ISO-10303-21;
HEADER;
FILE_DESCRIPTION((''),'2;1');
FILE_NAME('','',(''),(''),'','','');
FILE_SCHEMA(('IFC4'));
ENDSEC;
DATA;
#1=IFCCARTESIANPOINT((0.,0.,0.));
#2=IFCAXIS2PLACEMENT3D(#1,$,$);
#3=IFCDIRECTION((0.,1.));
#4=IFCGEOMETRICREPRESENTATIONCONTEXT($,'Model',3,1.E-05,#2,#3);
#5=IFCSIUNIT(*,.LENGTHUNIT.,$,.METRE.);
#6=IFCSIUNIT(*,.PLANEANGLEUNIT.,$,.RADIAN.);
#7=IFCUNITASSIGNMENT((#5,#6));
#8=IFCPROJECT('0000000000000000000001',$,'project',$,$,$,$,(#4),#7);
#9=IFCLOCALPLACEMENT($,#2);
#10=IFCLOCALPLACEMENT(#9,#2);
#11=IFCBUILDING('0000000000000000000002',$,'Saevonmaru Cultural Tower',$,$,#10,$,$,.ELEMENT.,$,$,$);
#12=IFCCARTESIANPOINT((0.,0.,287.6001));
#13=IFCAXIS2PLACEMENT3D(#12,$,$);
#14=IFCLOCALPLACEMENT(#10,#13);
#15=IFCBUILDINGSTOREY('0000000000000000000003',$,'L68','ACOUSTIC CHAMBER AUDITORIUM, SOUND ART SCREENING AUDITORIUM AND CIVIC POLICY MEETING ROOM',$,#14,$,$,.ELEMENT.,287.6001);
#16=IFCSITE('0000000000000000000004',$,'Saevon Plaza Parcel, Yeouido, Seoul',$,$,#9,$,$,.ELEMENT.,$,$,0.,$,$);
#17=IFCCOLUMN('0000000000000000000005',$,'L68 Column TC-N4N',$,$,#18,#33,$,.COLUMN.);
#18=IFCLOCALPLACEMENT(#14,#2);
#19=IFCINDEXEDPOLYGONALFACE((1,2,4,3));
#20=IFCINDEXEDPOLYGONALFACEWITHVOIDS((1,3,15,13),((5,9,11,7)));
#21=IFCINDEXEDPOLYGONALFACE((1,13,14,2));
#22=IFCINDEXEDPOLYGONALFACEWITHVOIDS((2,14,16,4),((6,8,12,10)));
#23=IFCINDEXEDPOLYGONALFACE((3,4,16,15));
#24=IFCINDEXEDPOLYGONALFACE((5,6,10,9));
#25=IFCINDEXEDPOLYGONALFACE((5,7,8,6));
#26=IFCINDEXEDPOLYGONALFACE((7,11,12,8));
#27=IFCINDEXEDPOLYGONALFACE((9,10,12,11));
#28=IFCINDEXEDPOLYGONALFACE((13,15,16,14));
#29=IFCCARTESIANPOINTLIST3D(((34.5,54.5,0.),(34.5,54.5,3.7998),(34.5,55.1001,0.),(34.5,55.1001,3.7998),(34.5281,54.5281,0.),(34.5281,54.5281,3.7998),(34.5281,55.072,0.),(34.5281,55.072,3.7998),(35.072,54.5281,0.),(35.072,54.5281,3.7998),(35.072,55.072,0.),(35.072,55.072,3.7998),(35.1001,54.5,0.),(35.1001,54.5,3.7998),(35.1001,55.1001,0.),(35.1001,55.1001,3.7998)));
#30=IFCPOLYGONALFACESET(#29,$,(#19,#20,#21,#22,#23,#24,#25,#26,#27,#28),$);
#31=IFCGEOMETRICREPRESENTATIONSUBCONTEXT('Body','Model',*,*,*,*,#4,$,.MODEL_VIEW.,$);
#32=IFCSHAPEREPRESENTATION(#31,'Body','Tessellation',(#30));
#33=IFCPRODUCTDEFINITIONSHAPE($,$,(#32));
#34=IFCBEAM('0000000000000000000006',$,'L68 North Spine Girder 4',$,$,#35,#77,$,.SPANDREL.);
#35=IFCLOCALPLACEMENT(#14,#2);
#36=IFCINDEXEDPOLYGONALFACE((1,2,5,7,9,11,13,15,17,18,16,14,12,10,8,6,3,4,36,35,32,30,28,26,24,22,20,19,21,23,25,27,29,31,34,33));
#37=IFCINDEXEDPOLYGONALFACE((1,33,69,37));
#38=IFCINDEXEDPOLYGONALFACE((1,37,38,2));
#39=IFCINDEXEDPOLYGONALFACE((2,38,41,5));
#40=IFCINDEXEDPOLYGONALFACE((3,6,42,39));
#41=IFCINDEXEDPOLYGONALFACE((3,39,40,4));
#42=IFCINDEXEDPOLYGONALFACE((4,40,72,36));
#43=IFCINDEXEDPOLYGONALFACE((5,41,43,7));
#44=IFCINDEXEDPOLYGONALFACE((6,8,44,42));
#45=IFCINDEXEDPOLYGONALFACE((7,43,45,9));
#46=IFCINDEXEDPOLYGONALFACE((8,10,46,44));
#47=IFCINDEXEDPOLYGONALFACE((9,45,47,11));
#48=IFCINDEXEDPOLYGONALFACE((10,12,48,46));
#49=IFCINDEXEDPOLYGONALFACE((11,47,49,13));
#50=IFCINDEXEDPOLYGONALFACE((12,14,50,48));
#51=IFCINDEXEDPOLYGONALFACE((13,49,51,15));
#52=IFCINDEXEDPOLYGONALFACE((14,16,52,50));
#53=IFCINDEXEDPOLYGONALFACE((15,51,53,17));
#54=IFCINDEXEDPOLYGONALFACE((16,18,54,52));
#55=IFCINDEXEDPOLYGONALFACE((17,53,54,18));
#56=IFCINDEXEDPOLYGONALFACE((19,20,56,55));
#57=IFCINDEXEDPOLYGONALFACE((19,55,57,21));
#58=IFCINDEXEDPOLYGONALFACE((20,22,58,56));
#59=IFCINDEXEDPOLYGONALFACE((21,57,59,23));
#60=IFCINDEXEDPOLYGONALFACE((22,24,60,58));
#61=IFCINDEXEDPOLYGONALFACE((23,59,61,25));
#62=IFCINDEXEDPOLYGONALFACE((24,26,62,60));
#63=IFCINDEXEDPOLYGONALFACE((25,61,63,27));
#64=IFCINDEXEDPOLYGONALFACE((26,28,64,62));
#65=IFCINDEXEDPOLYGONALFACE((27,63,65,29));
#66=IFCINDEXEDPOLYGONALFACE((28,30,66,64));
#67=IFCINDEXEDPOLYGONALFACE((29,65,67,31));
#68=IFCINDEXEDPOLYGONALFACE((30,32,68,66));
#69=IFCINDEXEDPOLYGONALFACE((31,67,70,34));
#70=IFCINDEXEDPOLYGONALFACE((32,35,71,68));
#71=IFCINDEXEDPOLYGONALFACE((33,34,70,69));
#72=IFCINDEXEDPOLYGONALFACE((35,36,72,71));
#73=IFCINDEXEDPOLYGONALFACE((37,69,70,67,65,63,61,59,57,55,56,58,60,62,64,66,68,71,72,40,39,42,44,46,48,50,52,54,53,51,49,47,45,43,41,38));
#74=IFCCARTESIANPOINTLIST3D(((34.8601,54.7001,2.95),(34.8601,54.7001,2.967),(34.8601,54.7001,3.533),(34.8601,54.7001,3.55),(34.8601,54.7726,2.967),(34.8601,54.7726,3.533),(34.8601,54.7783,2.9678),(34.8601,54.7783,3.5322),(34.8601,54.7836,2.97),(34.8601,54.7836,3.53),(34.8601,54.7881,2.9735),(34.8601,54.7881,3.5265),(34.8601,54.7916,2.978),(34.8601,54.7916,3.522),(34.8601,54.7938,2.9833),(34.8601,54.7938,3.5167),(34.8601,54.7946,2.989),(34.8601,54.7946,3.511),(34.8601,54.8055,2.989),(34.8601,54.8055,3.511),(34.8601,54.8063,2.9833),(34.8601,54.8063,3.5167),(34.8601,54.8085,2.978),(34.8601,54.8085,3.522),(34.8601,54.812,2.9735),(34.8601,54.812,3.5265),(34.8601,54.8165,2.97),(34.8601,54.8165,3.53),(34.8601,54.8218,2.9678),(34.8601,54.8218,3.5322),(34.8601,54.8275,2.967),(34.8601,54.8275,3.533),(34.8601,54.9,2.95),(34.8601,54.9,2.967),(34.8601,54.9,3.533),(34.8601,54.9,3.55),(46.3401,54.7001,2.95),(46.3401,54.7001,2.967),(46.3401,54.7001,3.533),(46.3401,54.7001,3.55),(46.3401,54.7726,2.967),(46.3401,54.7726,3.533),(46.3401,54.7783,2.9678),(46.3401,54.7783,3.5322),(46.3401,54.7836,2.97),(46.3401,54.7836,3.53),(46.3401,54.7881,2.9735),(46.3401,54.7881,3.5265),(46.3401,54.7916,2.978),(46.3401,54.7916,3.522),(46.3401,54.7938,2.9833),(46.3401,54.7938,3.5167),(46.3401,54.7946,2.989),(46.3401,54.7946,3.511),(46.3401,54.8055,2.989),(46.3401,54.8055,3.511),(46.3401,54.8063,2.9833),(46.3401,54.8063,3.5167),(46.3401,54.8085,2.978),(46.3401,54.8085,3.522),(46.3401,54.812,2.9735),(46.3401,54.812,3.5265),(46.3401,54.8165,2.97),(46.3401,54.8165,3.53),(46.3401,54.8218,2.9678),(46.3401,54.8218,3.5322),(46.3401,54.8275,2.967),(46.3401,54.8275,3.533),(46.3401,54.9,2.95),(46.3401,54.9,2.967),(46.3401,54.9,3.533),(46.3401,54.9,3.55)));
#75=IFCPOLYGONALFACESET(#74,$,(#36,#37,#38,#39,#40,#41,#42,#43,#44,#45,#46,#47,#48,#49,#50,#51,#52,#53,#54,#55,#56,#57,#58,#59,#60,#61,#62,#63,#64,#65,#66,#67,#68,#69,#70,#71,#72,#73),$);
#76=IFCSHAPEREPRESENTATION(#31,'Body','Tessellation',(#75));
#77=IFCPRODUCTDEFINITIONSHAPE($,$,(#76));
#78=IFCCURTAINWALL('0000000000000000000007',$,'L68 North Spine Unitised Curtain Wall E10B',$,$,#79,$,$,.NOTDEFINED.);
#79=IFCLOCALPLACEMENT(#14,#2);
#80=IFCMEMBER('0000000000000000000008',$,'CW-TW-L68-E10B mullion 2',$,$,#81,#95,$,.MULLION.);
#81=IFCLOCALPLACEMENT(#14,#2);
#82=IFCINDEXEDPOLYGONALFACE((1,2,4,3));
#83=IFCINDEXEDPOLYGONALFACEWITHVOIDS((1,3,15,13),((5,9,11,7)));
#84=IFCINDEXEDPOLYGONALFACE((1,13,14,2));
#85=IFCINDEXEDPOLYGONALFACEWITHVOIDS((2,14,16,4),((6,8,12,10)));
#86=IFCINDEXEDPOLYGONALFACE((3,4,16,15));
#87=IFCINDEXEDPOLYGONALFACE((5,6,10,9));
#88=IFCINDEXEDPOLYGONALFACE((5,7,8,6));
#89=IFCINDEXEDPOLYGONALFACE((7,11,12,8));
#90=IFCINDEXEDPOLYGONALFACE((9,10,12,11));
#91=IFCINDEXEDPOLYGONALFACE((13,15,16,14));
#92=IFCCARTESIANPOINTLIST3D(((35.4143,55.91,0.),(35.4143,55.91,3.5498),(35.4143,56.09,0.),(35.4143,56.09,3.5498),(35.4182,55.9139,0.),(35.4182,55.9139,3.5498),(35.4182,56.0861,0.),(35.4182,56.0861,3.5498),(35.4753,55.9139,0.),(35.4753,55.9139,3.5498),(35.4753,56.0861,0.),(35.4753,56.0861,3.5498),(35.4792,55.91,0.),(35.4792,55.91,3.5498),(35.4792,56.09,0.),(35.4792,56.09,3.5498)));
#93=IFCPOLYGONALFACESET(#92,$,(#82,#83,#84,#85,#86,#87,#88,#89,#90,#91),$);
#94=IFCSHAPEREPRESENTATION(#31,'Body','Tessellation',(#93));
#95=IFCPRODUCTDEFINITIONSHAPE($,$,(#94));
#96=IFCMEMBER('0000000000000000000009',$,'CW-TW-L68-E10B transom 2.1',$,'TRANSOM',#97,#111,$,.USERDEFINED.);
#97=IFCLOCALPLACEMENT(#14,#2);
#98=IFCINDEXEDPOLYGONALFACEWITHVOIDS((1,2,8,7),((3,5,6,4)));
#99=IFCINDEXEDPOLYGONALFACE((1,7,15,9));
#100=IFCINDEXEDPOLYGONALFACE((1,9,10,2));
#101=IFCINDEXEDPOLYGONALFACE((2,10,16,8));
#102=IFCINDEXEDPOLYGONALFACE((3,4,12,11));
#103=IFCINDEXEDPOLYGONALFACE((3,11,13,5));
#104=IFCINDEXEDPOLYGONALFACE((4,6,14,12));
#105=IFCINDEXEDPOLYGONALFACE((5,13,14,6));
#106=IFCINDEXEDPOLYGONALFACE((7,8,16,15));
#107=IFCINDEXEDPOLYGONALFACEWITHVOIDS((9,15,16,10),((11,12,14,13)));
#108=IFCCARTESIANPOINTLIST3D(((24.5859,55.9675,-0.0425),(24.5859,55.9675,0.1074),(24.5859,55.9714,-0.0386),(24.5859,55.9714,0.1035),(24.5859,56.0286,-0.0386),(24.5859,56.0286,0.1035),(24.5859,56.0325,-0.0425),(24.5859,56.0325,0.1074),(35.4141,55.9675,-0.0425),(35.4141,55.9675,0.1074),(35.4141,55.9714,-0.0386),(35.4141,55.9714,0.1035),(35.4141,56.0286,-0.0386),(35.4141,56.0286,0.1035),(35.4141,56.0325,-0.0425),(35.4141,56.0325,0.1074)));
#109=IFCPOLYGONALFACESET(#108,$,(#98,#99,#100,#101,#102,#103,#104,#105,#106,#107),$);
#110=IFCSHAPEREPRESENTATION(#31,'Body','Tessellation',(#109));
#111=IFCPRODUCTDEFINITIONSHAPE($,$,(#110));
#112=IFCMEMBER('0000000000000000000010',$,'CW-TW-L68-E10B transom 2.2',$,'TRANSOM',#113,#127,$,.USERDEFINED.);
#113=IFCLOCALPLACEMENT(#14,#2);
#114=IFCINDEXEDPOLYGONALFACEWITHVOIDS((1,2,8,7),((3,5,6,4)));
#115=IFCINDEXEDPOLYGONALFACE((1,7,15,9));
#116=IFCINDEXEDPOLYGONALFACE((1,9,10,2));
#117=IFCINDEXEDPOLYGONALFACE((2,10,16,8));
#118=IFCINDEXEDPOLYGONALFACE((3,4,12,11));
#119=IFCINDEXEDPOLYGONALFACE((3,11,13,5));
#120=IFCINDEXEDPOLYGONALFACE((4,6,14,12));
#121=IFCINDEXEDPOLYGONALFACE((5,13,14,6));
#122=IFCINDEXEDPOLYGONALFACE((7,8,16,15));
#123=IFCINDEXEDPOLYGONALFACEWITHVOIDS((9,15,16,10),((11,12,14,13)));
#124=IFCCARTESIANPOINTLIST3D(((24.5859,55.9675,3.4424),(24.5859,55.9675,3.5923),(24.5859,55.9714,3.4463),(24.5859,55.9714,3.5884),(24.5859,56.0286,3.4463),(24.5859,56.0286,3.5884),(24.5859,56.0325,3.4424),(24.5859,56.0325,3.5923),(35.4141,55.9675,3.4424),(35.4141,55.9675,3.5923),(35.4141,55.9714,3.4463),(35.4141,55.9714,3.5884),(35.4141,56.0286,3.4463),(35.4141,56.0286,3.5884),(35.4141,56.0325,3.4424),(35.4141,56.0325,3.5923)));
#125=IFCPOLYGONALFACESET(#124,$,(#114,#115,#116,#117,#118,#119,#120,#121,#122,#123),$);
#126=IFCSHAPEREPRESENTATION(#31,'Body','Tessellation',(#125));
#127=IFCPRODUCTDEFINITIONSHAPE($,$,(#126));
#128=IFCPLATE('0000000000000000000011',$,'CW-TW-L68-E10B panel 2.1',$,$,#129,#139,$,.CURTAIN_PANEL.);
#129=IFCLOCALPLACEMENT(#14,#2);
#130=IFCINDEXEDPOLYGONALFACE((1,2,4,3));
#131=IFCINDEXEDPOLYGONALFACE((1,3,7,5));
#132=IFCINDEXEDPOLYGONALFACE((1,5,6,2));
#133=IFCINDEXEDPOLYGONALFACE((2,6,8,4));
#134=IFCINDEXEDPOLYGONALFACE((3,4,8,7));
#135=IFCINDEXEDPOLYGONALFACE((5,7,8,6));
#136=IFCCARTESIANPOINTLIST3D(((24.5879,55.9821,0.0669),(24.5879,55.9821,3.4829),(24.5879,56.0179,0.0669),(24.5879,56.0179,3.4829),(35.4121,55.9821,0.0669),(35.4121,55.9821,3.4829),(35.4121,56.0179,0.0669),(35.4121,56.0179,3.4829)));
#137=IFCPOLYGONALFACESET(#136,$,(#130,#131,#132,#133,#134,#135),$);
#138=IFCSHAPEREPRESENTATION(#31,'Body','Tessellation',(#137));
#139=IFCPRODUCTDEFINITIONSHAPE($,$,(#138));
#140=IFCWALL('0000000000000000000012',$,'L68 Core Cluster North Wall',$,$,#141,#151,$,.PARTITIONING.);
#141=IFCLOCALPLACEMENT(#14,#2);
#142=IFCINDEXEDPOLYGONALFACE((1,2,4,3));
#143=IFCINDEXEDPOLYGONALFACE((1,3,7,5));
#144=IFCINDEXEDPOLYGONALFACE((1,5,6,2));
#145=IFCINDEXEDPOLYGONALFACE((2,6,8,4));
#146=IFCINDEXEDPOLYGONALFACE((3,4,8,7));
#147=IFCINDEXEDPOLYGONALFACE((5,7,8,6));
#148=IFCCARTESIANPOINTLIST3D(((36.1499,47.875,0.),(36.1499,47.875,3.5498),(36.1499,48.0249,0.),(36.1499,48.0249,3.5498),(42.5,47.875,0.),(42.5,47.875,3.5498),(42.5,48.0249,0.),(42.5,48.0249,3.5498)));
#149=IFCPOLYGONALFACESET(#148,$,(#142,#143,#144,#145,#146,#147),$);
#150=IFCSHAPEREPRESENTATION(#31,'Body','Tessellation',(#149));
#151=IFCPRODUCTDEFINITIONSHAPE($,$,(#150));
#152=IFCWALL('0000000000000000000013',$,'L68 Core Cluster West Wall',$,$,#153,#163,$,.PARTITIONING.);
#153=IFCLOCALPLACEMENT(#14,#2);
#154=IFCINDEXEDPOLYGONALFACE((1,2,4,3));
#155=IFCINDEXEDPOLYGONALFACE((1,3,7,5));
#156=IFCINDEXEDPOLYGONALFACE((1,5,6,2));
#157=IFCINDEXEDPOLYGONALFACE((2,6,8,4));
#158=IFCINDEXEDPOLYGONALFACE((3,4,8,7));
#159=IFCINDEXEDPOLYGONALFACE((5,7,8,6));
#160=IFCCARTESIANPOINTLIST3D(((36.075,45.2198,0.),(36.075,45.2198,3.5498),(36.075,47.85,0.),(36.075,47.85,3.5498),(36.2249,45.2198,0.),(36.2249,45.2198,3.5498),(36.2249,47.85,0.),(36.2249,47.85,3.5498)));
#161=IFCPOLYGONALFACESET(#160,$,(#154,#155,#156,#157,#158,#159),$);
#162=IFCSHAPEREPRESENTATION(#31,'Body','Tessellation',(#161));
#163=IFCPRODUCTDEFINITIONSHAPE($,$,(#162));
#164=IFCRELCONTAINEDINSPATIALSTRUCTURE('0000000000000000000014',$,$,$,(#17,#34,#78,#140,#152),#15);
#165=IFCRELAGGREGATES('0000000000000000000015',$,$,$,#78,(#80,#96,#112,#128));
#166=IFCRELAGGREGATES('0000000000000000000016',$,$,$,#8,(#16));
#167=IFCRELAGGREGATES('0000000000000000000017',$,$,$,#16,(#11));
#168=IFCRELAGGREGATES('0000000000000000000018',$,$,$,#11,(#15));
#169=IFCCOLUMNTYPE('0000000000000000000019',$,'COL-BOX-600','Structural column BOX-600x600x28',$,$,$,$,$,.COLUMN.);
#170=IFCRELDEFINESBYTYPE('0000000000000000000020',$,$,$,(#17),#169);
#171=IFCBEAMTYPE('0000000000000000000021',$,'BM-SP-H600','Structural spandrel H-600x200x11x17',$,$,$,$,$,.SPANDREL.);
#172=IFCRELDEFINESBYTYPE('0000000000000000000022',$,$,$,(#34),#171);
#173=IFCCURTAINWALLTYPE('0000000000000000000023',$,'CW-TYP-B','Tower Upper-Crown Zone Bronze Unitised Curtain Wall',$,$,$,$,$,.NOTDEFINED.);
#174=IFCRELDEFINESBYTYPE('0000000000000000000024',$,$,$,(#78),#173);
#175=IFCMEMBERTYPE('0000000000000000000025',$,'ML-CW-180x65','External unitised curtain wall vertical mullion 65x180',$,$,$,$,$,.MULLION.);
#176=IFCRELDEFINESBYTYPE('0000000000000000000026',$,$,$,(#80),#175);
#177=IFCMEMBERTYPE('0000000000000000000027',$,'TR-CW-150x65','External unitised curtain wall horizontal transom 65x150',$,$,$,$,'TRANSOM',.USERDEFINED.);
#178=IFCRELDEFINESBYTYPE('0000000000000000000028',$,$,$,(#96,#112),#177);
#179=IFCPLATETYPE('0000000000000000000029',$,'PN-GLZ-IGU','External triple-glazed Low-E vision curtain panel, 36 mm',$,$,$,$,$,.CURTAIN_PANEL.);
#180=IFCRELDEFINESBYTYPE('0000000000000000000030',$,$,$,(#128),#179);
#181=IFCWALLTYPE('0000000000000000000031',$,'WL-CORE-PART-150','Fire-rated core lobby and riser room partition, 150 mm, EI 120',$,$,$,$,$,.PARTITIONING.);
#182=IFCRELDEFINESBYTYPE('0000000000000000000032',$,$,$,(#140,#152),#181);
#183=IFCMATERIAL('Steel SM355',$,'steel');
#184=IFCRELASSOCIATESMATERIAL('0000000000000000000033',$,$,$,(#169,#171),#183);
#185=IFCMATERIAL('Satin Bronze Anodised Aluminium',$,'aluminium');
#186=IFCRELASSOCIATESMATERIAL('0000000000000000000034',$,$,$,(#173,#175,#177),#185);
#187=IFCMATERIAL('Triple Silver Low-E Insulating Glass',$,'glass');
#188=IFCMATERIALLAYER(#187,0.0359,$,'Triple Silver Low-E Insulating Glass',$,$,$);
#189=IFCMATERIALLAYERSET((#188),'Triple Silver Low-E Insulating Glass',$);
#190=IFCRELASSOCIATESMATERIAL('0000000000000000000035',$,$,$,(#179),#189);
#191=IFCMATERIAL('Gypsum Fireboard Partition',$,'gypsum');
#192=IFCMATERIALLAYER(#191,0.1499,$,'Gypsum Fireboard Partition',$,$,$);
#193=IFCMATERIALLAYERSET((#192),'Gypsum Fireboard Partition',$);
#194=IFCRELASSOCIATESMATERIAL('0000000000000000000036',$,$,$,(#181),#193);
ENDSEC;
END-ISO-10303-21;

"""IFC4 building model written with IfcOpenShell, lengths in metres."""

from ifc_helpers import new_model, si_unit, direction, frame, frame_2d, origin, origin_2d, place, context, subcontext, project, spatial, rectangle, hollow_rectangle, i_section, extrude, material, layer, layer_set, material_profile, profile_set, type_object, element, aggregate, save


model = new_model("IFC4")

# Units and contexts
model_context = context("Model", 3, precision=1e-05, world=origin(), true_north=direction((0.0, 1.0)))
body_context = subcontext(model_context, "Body", "Model", "MODEL_VIEW")
ifc_project = project(units=[si_unit("LENGTHUNIT", "METRE"), si_unit("PLANEANGLEUNIT", "RADIAN")], contexts=[model_context])

# Site, building, storey
site_placement = place(None, origin())
site = spatial("IfcSite", under=ifc_project, at=site_placement, Name="Saevon Plaza Parcel, Yeouido, Seoul", CompositionType="ELEMENT", RefElevation=0.0)
building_placement = place(site_placement, origin())
building = spatial("IfcBuilding", under=site, at=building_placement, Name="Saevonmaru Cultural Tower", CompositionType="ELEMENT")
storey_placement = place(building_placement, frame((0.0, 0.0, 287.6001)))
storey = spatial("IfcBuildingStorey", under=building, at=storey_placement, Name="L68", Description="ACOUSTIC CHAMBER AUDITORIUM, SOUND ART SCREENING AUDITORIUM AND CIVIC POLICY MEETING ROOM", CompositionType="ELEMENT", Elevation=287.6001)

# Column
ifc_material_1 = material(Name="Steel SM355", Category="steel")
ifc_material_profile_1 = material_profile(ifc_material_1, hollow_rectangle(XDim=0.6001, YDim=0.6001, WallThickness=0.0281, at=origin_2d()), Name="BOX-600x600x28")
ifc_profile_set_1 = profile_set([ifc_material_profile_1], Name="Steel SM355")
column_type = type_object("IfcColumnType", Name="COL-BOX-600", Description="Structural column BOX-600x600x28", PredefinedType="COLUMN", material=ifc_profile_set_1)
column_placement = place(storey_placement, frame((34.8, 54.8, 0.0), z_axis=(0.0, 0.0, 1.0), x_axis=(1.0, 0.0, 0.0)))
element("IfcColumn", 1, at=column_placement, inside=storey, type_object=column_type, Name="L68 Column TC-N4N", PredefinedType="COLUMN", context=body_context, shape_type="SweptSolid", body=[
    extrude(hollow_rectangle(XDim=0.6001, YDim=0.6001, WallThickness=0.0281, at=origin_2d()), origin(), (0.0, 0.0, 1.0), 3.7998),
])

# Beam
ifc_material_profile_2 = material_profile(ifc_material_1, i_section(OverallWidth=0.2, OverallDepth=0.6001, WebThickness=0.011, FlangeThickness=0.0171, FilletRadius=0.022, at=origin_2d()), Name="H-600x200x11x17")
ifc_profile_set_2 = profile_set([ifc_material_profile_2], Name="Steel SM355")
beam_type = type_object("IfcBeamType", Name="BM-SP-H600", Description="Structural spandrel H-600x200x11x17", PredefinedType="SPANDREL", material=ifc_profile_set_2)
beam_placement = place(storey_placement, frame((34.8601, 54.8, 3.25), z_axis=(1.0, 0.0, 0.0), x_axis=(0.0, 1.0, 0.0)))
element("IfcBeam", 2, at=beam_placement, inside=storey, type_object=beam_type, Name="L68 North Spine Girder 4", PredefinedType="SPANDREL", context=body_context, shape_type="SweptSolid", body=[
    extrude(i_section(OverallWidth=0.2, OverallDepth=0.6001, WebThickness=0.011, FlangeThickness=0.0171, FilletRadius=0.022, at=origin_2d()), origin(), (0.0, 0.0, 1.0), 11.48),
])

# Curtain wall, members, plate
ifc_material_2 = material(Name="Satin Bronze Anodised Aluminium", Category="aluminium")
curtain_wall_type = type_object("IfcCurtainWallType", Name="CW-TYP-B", Description="Tower Upper-Crown Zone Bronze Unitised Curtain Wall", PredefinedType="NOTDEFINED", material=ifc_material_2)
curtain_wall_placement = place(storey_placement, origin())
curtain_wall = element("IfcCurtainWall", 3, at=curtain_wall_placement, inside=storey, type_object=curtain_wall_type, Name="L68 North Spine Unitised Curtain Wall E10B", PredefinedType="NOTDEFINED")
ifc_material_profile_3 = material_profile(ifc_material_2, hollow_rectangle(XDim=0.0649, YDim=0.1799, WallThickness=0.0039, at=origin_2d()), Name="ALU-MULL-180x65x4")
ifc_profile_set_3 = profile_set([ifc_material_profile_3], Name="Satin Bronze Anodised Aluminium")
member_type_1 = type_object("IfcMemberType", Name="ML-CW-180x65", Description="External unitised curtain wall vertical mullion 65x180", PredefinedType="MULLION", material=ifc_profile_set_3)
member_1_placement = place(storey_placement, frame((35.4468, 56.0, 0.0), z_axis=(0.0, 0.0, 1.0), x_axis=(-1.0, 0.0, 0.0)))
member_1 = element("IfcMember", 4, at=member_1_placement, type_object=member_type_1, Name="CW-TW-L68-E10B mullion 2", PredefinedType="MULLION", context=body_context, shape_type="SweptSolid", body=[
    extrude(hollow_rectangle(XDim=0.0649, YDim=0.1799, WallThickness=0.0039, at=origin_2d()), origin(), (0.0, 0.0, 1.0), 3.5498),
])
ifc_material_profile_4 = material_profile(ifc_material_2, hollow_rectangle(XDim=0.0649, YDim=0.1499, WallThickness=0.0039, at=origin_2d()), Name="ALU-TRAN-150x65x4")
ifc_profile_set_4 = profile_set([ifc_material_profile_4], Name="Satin Bronze Anodised Aluminium")
member_type_2 = type_object("IfcMemberType", Name="TR-CW-150x65", Description="External unitised curtain wall horizontal transom 65x150", ElementType="TRANSOM", PredefinedType="USERDEFINED", material=ifc_profile_set_4)
member_2_placement = place(storey_placement, frame((35.4141, 56.0, 0.0325), z_axis=(-1.0, 0.0, 0.0), x_axis=(0.0, -1.0, 0.0)))
member_2 = element("IfcMember", 5, at=member_2_placement, type_object=member_type_2, Name="CW-TW-L68-E10B transom 2.1", ObjectType="TRANSOM", PredefinedType="USERDEFINED", context=body_context, shape_type="SweptSolid", body=[
    extrude(hollow_rectangle(XDim=0.0649, YDim=0.1499, WallThickness=0.0039, at=origin_2d()), origin(), (0.0, 0.0, 1.0), 10.8281),
])
member_3_placement = place(storey_placement, frame((35.4141, 56.0, 3.5173), z_axis=(-1.0, 0.0, 0.0), x_axis=(0.0, -1.0, 0.0)))
member_3 = element("IfcMember", 6, at=member_3_placement, type_object=member_type_2, Name="CW-TW-L68-E10B transom 2.2", ObjectType="TRANSOM", PredefinedType="USERDEFINED", context=body_context, shape_type="SweptSolid", body=[
    extrude(hollow_rectangle(XDim=0.0649, YDim=0.1499, WallThickness=0.0039, at=origin_2d()), origin(), (0.0, 0.0, 1.0), 10.8281),
])
ifc_material_3 = material(Name="Triple Silver Low-E Insulating Glass", Category="glass")
ifc_layer_1 = layer(ifc_material_3, 0.0359, Name="Triple Silver Low-E Insulating Glass")
ifc_layer_set_1 = layer_set([ifc_layer_1], Name="Triple Silver Low-E Insulating Glass")
plate_type = type_object("IfcPlateType", Name="PN-GLZ-IGU", Description="External triple-glazed Low-E vision curtain panel, 36 mm", PredefinedType="CURTAIN_PANEL", material=ifc_layer_set_1)
plate_placement = place(storey_placement, frame((30.0, 56.0, 0.0669), z_axis=(0.0, 0.0, 1.0), x_axis=(-1.0, 0.0, 0.0)))
plate = element("IfcPlate", 7, at=plate_placement, type_object=plate_type, Name="CW-TW-L68-E10B panel 2.1", PredefinedType="CURTAIN_PANEL", context=body_context, shape_type="SweptSolid", body=[
    extrude(rectangle(XDim=10.8242, YDim=0.0359, at=origin_2d()), origin(), (0.0, 0.0, 1.0), 3.416),
])
aggregate(curtain_wall, [member_1, member_2, member_3, plate])

# Shared definitions
ifc_material_4 = material(Name="Gypsum Fireboard Partition", Category="gypsum")
ifc_layer_2 = layer(ifc_material_4, 0.1499, Name="Gypsum Fireboard Partition")
ifc_layer_set_2 = layer_set([ifc_layer_2], Name="Gypsum Fireboard Partition")
wall_type_1 = type_object("IfcWallType", Name="WL-CORE-PART-150", Description="Fire-rated core lobby and riser room partition, 150 mm, EI 120", PredefinedType="PARTITIONING", material=ifc_layer_set_2)

# Walls
wall_1_placement = place(storey_placement, frame((36.1499, 47.95, 0.0), z_axis=(0.0, 0.0, 1.0), x_axis=(1.0, 0.0, 0.0)))
element("IfcWall", 8, at=wall_1_placement, inside=storey, type_object=wall_type_1, Name="L68 Core Cluster North Wall", PredefinedType="PARTITIONING", context=body_context, shape_type="SweptSolid", body=[
    extrude(rectangle(XDim=6.3501, YDim=0.1499, at=frame_2d((3.175, 0.0))), origin(), (0.0, 0.0, 1.0), 3.5498),
])
wall_2_placement = place(storey_placement, frame((36.1499, 45.22, 0.0), z_axis=(0.0, 0.0, 1.0), x_axis=(0.0, 1.0, 0.0)))
element("IfcWall", 9, at=wall_2_placement, inside=storey, type_object=wall_type_1, Name="L68 Core Cluster West Wall", PredefinedType="PARTITIONING", context=body_context, shape_type="SweptSolid", body=[
    extrude(rectangle(XDim=2.6301, YDim=0.1499, at=frame_2d((1.3149, 0.0))), origin(), (0.0, 0.0, 1.0), 3.5498),
])

save(model, "model.ifc")
